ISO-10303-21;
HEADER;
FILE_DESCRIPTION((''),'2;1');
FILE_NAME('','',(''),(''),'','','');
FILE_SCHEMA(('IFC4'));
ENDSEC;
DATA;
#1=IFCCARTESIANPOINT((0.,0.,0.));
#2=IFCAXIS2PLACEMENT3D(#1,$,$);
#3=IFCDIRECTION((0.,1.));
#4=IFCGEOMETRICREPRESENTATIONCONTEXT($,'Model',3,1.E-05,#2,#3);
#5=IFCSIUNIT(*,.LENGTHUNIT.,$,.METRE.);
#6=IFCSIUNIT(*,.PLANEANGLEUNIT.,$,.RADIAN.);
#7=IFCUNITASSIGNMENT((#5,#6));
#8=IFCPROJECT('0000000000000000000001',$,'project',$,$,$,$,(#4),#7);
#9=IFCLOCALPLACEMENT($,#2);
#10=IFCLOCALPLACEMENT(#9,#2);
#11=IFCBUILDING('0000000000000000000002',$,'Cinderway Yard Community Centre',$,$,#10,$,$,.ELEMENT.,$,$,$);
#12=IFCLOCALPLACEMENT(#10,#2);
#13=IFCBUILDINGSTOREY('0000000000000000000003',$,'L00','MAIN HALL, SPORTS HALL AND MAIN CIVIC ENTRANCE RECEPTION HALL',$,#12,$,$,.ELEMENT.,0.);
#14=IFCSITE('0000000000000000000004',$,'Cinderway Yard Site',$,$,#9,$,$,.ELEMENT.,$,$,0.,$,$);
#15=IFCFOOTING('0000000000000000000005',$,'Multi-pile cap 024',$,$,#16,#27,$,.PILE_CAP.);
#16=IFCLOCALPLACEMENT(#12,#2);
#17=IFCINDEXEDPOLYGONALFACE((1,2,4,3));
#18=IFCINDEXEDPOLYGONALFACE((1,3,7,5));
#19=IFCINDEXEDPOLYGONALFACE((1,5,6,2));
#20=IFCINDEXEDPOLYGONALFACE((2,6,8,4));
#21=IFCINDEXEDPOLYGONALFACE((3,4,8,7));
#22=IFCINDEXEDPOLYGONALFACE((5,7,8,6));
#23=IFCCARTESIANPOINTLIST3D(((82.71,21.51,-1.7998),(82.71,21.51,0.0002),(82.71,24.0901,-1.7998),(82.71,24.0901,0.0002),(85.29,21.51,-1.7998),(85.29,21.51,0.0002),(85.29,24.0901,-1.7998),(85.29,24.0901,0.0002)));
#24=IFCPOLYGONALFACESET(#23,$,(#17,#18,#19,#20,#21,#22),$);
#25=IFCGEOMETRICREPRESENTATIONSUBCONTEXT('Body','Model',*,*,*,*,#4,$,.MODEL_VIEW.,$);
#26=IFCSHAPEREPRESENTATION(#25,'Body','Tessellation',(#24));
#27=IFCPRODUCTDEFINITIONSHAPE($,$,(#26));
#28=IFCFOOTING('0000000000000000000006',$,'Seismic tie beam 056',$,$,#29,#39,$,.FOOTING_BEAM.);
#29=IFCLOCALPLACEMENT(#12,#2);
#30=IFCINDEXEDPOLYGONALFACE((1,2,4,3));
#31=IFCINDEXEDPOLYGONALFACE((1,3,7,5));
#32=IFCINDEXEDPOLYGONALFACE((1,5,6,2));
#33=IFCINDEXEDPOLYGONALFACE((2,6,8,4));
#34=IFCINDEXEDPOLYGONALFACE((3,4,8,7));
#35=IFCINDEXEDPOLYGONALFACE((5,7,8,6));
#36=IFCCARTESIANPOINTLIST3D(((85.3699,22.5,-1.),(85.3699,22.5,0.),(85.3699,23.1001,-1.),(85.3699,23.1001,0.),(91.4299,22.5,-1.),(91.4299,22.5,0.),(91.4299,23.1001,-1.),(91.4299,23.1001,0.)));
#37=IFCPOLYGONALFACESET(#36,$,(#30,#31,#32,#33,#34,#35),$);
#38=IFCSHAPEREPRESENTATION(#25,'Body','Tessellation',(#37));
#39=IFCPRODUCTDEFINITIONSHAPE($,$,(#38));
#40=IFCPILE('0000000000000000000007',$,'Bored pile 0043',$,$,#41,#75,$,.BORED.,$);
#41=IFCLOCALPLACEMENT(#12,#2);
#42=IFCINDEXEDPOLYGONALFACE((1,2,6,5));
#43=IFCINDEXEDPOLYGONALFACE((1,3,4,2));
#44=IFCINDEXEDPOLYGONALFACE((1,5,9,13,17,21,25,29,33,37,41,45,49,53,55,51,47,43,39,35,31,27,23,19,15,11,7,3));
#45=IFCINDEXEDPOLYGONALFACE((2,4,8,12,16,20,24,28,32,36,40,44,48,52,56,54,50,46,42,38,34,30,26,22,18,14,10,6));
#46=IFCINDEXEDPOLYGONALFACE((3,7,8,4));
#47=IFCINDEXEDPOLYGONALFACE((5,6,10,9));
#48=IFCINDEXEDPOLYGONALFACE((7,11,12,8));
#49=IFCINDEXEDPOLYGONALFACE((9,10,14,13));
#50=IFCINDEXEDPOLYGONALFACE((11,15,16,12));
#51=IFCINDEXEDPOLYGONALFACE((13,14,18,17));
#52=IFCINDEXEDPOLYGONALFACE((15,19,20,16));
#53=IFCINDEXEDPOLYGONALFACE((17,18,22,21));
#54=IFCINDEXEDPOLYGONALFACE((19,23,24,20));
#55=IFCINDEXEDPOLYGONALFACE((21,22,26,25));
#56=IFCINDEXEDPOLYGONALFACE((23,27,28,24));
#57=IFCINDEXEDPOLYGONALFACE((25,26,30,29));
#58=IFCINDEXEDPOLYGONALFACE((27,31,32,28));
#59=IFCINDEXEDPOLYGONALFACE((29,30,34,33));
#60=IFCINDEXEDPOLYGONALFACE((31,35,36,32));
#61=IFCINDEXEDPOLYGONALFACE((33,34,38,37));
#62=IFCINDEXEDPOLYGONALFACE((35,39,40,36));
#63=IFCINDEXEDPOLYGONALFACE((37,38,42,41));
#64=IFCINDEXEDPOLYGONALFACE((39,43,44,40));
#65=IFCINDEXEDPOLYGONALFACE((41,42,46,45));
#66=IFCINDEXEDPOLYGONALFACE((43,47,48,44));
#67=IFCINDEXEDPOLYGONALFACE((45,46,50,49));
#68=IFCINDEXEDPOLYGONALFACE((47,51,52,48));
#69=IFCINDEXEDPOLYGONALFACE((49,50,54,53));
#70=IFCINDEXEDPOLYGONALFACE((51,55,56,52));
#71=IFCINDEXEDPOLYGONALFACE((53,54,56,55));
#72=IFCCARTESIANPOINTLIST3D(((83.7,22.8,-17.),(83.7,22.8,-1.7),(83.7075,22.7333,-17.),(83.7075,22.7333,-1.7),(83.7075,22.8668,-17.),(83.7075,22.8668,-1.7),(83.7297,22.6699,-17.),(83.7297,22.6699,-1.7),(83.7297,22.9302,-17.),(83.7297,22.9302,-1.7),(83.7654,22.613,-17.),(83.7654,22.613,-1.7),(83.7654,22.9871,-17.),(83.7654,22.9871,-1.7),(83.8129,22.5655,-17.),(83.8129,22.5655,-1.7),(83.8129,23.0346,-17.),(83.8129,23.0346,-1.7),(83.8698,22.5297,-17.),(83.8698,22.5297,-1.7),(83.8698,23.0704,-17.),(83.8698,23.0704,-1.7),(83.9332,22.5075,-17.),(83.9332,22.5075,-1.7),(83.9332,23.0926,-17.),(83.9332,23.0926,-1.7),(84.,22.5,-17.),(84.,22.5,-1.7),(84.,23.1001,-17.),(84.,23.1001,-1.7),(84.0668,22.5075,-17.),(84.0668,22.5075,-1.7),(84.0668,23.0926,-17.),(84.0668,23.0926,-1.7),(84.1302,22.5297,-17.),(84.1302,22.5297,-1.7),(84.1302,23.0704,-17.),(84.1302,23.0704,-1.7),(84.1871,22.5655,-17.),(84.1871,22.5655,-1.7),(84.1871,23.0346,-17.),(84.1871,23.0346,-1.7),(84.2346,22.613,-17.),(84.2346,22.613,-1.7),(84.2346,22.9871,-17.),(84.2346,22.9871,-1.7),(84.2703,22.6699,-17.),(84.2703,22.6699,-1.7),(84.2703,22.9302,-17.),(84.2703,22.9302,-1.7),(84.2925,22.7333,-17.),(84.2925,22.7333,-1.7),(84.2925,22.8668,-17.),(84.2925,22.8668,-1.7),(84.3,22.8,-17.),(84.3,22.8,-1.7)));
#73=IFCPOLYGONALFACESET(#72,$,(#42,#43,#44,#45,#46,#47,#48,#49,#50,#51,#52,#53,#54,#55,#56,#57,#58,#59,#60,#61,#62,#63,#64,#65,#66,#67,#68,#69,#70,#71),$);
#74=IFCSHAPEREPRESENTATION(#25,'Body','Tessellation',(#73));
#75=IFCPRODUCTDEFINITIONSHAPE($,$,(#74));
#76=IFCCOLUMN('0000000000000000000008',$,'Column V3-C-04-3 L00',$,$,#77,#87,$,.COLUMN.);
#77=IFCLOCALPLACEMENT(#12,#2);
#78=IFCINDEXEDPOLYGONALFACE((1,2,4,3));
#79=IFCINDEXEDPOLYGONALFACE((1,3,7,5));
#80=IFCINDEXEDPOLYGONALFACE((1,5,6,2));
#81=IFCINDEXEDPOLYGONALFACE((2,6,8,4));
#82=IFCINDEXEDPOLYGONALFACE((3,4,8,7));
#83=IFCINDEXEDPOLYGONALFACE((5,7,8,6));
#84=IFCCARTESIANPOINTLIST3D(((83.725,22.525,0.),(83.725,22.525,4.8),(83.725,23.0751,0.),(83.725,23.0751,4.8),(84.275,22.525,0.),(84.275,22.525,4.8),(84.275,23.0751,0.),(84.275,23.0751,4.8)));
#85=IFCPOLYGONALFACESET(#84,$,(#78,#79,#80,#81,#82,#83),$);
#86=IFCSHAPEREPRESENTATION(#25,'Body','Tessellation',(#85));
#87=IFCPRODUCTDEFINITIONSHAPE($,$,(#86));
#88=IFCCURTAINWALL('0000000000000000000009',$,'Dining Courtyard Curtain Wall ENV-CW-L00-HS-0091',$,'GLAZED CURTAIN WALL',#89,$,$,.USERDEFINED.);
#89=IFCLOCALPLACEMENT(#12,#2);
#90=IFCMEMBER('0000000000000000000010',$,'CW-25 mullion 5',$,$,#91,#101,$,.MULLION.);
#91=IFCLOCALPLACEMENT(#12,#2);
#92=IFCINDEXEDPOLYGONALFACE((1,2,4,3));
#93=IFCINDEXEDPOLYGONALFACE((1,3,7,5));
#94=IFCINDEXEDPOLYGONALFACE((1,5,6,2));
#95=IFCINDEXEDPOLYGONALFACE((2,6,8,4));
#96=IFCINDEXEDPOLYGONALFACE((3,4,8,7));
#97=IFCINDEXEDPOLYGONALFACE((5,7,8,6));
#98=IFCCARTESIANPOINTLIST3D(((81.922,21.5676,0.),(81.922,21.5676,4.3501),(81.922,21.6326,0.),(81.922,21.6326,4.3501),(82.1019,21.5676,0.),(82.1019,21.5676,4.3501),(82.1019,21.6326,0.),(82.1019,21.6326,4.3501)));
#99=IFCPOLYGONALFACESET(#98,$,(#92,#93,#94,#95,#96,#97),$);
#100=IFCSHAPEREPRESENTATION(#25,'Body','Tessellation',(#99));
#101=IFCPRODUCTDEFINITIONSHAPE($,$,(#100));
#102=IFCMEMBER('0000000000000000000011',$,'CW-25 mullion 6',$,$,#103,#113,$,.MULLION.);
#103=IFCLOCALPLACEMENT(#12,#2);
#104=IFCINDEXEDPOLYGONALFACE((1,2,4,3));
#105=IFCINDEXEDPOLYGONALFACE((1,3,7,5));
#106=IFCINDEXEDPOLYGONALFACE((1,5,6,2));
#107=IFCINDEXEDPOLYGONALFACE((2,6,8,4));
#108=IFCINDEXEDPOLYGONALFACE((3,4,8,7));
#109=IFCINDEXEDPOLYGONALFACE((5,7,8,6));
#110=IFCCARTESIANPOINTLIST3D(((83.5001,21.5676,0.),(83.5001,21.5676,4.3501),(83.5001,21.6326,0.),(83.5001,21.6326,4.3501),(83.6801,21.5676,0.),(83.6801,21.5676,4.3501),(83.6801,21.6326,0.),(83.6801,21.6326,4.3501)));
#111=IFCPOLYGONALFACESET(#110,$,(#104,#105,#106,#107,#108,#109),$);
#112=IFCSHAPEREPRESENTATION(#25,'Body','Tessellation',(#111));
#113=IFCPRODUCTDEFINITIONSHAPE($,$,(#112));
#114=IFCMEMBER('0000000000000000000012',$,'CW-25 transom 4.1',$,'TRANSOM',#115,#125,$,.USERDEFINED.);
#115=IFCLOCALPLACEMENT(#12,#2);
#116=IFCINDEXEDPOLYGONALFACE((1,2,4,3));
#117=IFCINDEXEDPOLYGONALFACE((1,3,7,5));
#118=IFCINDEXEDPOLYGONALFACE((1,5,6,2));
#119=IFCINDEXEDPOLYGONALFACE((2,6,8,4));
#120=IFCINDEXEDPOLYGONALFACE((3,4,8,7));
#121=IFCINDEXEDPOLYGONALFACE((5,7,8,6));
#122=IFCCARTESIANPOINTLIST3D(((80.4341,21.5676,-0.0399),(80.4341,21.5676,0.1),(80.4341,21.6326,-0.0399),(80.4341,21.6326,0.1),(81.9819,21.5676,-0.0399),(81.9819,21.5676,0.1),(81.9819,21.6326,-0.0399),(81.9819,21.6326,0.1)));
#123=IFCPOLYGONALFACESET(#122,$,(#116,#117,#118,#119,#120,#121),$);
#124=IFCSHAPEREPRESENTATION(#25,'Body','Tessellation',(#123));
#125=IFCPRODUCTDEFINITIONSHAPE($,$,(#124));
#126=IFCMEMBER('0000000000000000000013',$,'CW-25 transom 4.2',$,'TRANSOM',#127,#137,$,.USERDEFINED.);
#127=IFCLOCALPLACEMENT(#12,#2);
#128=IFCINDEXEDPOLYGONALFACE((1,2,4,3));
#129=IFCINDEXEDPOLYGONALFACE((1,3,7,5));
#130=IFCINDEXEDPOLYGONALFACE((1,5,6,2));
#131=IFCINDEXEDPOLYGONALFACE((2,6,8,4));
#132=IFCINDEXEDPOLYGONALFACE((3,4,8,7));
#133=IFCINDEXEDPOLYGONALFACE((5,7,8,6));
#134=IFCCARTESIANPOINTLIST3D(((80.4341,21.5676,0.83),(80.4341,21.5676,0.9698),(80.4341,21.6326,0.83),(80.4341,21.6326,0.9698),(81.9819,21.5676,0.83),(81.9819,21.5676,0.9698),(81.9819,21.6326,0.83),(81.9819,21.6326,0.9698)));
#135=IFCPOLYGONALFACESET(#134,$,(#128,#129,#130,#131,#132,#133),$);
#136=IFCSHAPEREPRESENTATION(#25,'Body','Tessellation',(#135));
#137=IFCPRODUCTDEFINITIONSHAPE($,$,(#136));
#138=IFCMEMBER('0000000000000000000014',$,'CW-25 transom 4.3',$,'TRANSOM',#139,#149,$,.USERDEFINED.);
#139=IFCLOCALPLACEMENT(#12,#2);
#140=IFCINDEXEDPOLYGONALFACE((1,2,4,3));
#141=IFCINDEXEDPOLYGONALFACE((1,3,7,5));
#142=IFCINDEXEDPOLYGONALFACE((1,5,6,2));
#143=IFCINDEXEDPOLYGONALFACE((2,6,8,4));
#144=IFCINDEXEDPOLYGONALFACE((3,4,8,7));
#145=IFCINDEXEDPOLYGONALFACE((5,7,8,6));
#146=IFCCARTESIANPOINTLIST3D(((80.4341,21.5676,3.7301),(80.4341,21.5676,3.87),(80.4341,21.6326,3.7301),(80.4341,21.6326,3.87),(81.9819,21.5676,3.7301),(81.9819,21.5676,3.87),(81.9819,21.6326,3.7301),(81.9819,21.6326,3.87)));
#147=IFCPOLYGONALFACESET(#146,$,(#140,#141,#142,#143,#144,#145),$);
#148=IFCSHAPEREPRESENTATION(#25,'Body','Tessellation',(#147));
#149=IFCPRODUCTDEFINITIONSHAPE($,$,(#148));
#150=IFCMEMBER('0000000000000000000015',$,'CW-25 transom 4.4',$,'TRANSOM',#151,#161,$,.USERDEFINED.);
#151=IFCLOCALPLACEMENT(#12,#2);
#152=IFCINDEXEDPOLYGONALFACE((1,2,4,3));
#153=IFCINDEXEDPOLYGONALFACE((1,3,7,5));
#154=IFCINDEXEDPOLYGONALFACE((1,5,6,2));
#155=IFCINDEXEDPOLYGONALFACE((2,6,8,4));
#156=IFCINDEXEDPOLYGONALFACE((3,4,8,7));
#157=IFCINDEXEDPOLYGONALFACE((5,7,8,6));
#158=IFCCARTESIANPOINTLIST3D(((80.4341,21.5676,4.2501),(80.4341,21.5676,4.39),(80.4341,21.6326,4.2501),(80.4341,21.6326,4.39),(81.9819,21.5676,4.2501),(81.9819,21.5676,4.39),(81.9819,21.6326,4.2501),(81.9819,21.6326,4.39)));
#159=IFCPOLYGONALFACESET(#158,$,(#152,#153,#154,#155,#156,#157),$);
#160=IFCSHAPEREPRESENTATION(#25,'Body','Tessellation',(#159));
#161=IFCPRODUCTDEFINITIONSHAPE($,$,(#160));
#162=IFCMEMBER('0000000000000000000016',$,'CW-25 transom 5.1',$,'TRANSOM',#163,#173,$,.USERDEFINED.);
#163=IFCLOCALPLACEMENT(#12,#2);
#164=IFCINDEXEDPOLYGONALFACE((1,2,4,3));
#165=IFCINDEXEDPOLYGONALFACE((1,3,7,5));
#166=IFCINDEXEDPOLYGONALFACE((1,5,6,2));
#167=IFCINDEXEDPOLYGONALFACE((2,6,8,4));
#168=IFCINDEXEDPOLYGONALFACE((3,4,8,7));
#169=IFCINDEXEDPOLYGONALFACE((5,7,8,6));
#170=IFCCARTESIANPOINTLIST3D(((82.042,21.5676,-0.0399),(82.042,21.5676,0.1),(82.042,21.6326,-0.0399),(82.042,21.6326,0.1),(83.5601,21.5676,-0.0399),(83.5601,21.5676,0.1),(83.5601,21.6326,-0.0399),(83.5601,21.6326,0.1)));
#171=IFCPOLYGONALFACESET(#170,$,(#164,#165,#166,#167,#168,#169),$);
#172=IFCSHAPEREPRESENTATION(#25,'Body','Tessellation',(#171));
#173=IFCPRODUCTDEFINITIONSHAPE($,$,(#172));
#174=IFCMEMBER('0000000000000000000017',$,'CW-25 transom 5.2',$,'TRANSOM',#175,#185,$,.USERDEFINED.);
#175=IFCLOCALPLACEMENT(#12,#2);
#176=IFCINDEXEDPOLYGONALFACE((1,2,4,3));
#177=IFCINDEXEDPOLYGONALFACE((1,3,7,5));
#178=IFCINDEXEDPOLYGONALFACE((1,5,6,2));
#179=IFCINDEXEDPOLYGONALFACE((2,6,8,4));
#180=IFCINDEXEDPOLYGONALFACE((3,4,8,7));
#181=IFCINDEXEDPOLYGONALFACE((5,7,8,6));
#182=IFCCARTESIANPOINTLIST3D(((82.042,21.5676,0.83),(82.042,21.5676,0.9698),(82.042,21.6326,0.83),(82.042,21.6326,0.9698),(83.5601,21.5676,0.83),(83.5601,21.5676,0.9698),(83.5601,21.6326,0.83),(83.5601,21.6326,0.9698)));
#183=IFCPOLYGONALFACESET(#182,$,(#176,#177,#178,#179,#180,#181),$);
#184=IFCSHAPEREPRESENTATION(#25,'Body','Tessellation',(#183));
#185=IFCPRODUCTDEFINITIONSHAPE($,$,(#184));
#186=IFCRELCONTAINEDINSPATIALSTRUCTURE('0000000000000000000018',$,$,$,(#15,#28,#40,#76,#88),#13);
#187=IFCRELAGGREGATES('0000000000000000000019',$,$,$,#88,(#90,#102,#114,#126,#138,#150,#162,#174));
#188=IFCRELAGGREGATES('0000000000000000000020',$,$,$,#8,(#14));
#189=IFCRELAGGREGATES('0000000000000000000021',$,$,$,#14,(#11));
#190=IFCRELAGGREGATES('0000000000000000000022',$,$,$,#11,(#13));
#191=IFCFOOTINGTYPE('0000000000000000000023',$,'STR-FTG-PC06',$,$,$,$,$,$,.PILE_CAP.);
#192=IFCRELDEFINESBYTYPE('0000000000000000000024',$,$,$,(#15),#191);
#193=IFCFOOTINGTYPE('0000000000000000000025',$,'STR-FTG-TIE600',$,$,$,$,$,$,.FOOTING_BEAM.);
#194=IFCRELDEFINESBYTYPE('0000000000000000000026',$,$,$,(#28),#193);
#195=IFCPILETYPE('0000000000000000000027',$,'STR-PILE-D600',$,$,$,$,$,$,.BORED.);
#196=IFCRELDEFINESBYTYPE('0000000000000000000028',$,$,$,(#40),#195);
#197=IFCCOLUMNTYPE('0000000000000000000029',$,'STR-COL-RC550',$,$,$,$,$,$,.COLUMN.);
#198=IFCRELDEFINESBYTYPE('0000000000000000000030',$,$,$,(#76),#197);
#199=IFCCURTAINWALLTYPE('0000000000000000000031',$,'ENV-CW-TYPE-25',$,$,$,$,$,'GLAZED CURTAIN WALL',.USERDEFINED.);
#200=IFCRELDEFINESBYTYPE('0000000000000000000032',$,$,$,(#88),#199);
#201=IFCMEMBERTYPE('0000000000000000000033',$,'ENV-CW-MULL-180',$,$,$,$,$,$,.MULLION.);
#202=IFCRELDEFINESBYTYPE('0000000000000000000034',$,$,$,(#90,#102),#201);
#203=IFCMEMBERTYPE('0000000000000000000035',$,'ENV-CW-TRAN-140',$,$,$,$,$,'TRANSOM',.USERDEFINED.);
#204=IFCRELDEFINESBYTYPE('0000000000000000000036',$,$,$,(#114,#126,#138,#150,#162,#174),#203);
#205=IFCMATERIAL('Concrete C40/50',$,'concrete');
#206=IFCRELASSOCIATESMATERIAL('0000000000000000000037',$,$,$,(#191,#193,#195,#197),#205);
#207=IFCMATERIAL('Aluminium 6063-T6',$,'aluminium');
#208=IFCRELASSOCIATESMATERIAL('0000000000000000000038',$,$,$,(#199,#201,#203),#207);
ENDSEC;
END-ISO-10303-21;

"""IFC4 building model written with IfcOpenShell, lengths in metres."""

from ifc_helpers import new_model, si_unit, direction, frame, origin, origin_2d, place, context, subcontext, project, spatial, rectangle, circle, extrude, material, material_profile, profile_set, type_object, element, aggregate, save


model = new_model("IFC4")

# Units and contexts
model_context = context("Model", 3, precision=1e-05, world=origin(), true_north=direction((0.0, 1.0)))
body_context = subcontext(model_context, "Body", "Model", "MODEL_VIEW")
ifc_project = project(units=[si_unit("LENGTHUNIT", "METRE"), si_unit("PLANEANGLEUNIT", "RADIAN")], contexts=[model_context])

# Site, building, storey
site_placement = place(None, origin())
site = spatial("IfcSite", under=ifc_project, at=site_placement, Name="Cinderway Yard Site", CompositionType="ELEMENT", RefElevation=0.0)
building_placement = place(site_placement, origin())
building = spatial("IfcBuilding", under=site, at=building_placement, Name="Cinderway Yard Community Centre", CompositionType="ELEMENT")
storey_placement = place(building_placement, origin())
storey = spatial("IfcBuildingStorey", under=building, at=storey_placement, Name="L00", Description="MAIN HALL, SPORTS HALL AND MAIN CIVIC ENTRANCE RECEPTION HALL", CompositionType="ELEMENT", Elevation=0.0)

# Footings
ifc_material_1 = material(Name="Concrete C40/50", Category="concrete")
footing_type_1 = type_object("IfcFootingType", Name="STR-FTG-PC06", PredefinedType="PILE_CAP", material=ifc_material_1)
footing_1_placement = place(storey_placement, frame((84.0, 22.8, -1.7998), z_axis=(0.0, 0.0, 1.0), x_axis=(1.0, 0.0, 0.0)))
element("IfcFooting", 1, at=footing_1_placement, inside=storey, type_object=footing_type_1, Name="Multi-pile cap 024", PredefinedType="PILE_CAP", context=body_context, shape_type="SweptSolid", body=[
    extrude(rectangle(XDim=2.5801, YDim=2.5801, at=origin_2d()), origin(), (0.0, 0.0, 1.0), 1.8),
])
footing_type_2 = type_object("IfcFootingType", Name="STR-FTG-TIE600", PredefinedType="FOOTING_BEAM", material=ifc_material_1)
footing_2_placement = place(storey_placement, frame((88.3999, 22.8, -1.0), z_axis=(0.0, 0.0, 1.0), x_axis=(1.0, 0.0, 0.0)))
element("IfcFooting", 2, at=footing_2_placement, inside=storey, type_object=footing_type_2, Name="Seismic tie beam 056", PredefinedType="FOOTING_BEAM", context=body_context, shape_type="SweptSolid", body=[
    extrude(rectangle(XDim=6.0601, YDim=0.6001, at=origin_2d()), origin(), (0.0, 0.0, 1.0), 1.0),
])

# Pile
ifc_material_profile_1 = material_profile(ifc_material_1, circle(Radius=0.3, at=origin_2d()), Name="Concrete C40/50")
ifc_profile_set_1 = profile_set([ifc_material_profile_1], Name="Concrete C40/50")
pile_type = type_object("IfcPileType", Name="STR-PILE-D600", PredefinedType="BORED", material=ifc_profile_set_1)
pile_placement = place(storey_placement, frame((84.0, 22.8, -1.7), z_axis=(0.0, 0.0, -1.0), x_axis=(1.0, 0.0, 0.0)))
element("IfcPile", 3, at=pile_placement, inside=storey, type_object=pile_type, Name="Bored pile 0043", PredefinedType="BORED", context=body_context, shape_type="SweptSolid", body=[
    extrude(circle(Radius=0.3, at=origin_2d()), origin(), (0.0, 0.0, 1.0), 15.3),
])

# Column
ifc_material_profile_2 = material_profile(ifc_material_1, rectangle(XDim=0.55, YDim=0.55, at=origin_2d()), Name="Concrete C40/50")
ifc_profile_set_2 = profile_set([ifc_material_profile_2], Name="Concrete C40/50")
column_type = type_object("IfcColumnType", Name="STR-COL-RC550", PredefinedType="COLUMN", material=ifc_profile_set_2)
column_placement = place(storey_placement, frame((84.0, 22.8, 0.0), z_axis=(0.0, 0.0, 1.0), x_axis=(1.0, 0.0, 0.0)))
element("IfcColumn", 4, at=column_placement, inside=storey, type_object=column_type, Name="Column V3-C-04-3 L00", PredefinedType="COLUMN", context=body_context, shape_type="SweptSolid", body=[
    extrude(rectangle(XDim=0.55, YDim=0.55, at=origin_2d()), origin(), (0.0, 0.0, 1.0), 4.8),
])

# Curtain wall, members
ifc_material_2 = material(Name="Aluminium 6063-T6", Category="aluminium")
curtain_wall_type = type_object("IfcCurtainWallType", Name="ENV-CW-TYPE-25", ElementType="GLAZED CURTAIN WALL", PredefinedType="USERDEFINED", material=ifc_material_2)
curtain_wall_placement = place(storey_placement, origin())
curtain_wall = element("IfcCurtainWall", 5, at=curtain_wall_placement, inside=storey, type_object=curtain_wall_type, Name="Dining Courtyard Curtain Wall ENV-CW-L00-HS-0091", ObjectType="GLAZED CURTAIN WALL", PredefinedType="USERDEFINED")
ifc_material_profile_3 = material_profile(ifc_material_2, rectangle(XDim=0.0649, YDim=0.1799, at=origin_2d()), Name="Aluminium 6063-T6")
ifc_profile_set_3 = profile_set([ifc_material_profile_3], Name="Aluminium 6063-T6")
member_type_1 = type_object("IfcMemberType", Name="ENV-CW-MULL-180", PredefinedType="MULLION", material=ifc_profile_set_3)
member_1_placement = place(storey_placement, frame((82.012, 21.6001, 0.0), z_axis=(0.0, 0.0, 1.0), x_axis=(0.0, 1.0, 0.0)))
member_1 = element("IfcMember", 6, at=member_1_placement, type_object=member_type_1, Name="CW-25 mullion 5", PredefinedType="MULLION", context=body_context, shape_type="SweptSolid", body=[
    extrude(rectangle(XDim=0.0649, YDim=0.1799, at=origin_2d()), origin(), (0.0, 0.0, 1.0), 4.3501),
])
member_2_placement = place(storey_placement, frame((83.5901, 21.6001, 0.0), z_axis=(0.0, 0.0, 1.0), x_axis=(0.0, 1.0, 0.0)))
member_2 = element("IfcMember", 7, at=member_2_placement, type_object=member_type_1, Name="CW-25 mullion 6", PredefinedType="MULLION", context=body_context, shape_type="SweptSolid", body=[
    extrude(rectangle(XDim=0.0649, YDim=0.1799, at=origin_2d()), origin(), (0.0, 0.0, 1.0), 4.3501),
])
ifc_material_profile_4 = material_profile(ifc_material_2, rectangle(XDim=0.0649, YDim=0.1399, at=origin_2d()), Name="Aluminium 6063-T6")
ifc_profile_set_4 = profile_set([ifc_material_profile_4], Name="Aluminium 6063-T6")
member_type_2 = type_object("IfcMemberType", Name="ENV-CW-TRAN-140", ElementType="TRANSOM", PredefinedType="USERDEFINED", material=ifc_profile_set_4)
member_3_placement = place(storey_placement, frame((80.4341, 21.6001, 0.03), z_axis=(1.0, 0.0, 0.0), x_axis=(0.0, 1.0, 0.0)))
member_3 = element("IfcMember", 8, at=member_3_placement, type_object=member_type_2, Name="CW-25 transom 4.1", ObjectType="TRANSOM", PredefinedType="USERDEFINED", context=body_context, shape_type="SweptSolid", body=[
    extrude(rectangle(XDim=0.0649, YDim=0.1399, at=origin_2d()), origin(), (0.0, 0.0, 1.0), 1.5479),
])
member_4_placement = place(storey_placement, frame((80.4341, 21.6001, 0.8999), z_axis=(1.0, 0.0, 0.0), x_axis=(0.0, 1.0, 0.0)))
member_4 = element("IfcMember", 9, at=member_4_placement, type_object=member_type_2, Name="CW-25 transom 4.2", ObjectType="TRANSOM", PredefinedType="USERDEFINED", context=body_context, shape_type="SweptSolid", body=[
    extrude(rectangle(XDim=0.0649, YDim=0.1399, at=origin_2d()), origin(), (0.0, 0.0, 1.0), 1.5479),
])
member_5_placement = place(storey_placement, frame((80.4341, 21.6001, 3.8), z_axis=(1.0, 0.0, 0.0), x_axis=(0.0, 1.0, 0.0)))
member_5 = element("IfcMember", 10, at=member_5_placement, type_object=member_type_2, Name="CW-25 transom 4.3", ObjectType="TRANSOM", PredefinedType="USERDEFINED", context=body_context, shape_type="SweptSolid", body=[
    extrude(rectangle(XDim=0.0649, YDim=0.1399, at=origin_2d()), origin(), (0.0, 0.0, 1.0), 1.5479),
])
member_6_placement = place(storey_placement, frame((80.4341, 21.6001, 4.3201), z_axis=(1.0, 0.0, 0.0), x_axis=(0.0, 1.0, 0.0)))
member_6 = element("IfcMember", 11, at=member_6_placement, type_object=member_type_2, Name="CW-25 transom 4.4", ObjectType="TRANSOM", PredefinedType="USERDEFINED", context=body_context, shape_type="SweptSolid", body=[
    extrude(rectangle(XDim=0.0649, YDim=0.1399, at=origin_2d()), origin(), (0.0, 0.0, 1.0), 1.5479),
])
member_7_placement = place(storey_placement, frame((82.042, 21.6001, 0.03), z_axis=(1.0, 0.0, 0.0), x_axis=(0.0, 1.0, 0.0)))
member_7 = element("IfcMember", 12, at=member_7_placement, type_object=member_type_2, Name="CW-25 transom 5.1", ObjectType="TRANSOM", PredefinedType="USERDEFINED", context=body_context, shape_type="SweptSolid", body=[
    extrude(rectangle(XDim=0.0649, YDim=0.1399, at=origin_2d()), origin(), (0.0, 0.0, 1.0), 1.5181),
])
member_8_placement = place(storey_placement, frame((82.042, 21.6001, 0.8999), z_axis=(1.0, 0.0, 0.0), x_axis=(0.0, 1.0, 0.0)))
member_8 = element("IfcMember", 13, at=member_8_placement, type_object=member_type_2, Name="CW-25 transom 5.2", ObjectType="TRANSOM", PredefinedType="USERDEFINED", context=body_context, shape_type="SweptSolid", body=[
    extrude(rectangle(XDim=0.0649, YDim=0.1399, at=origin_2d()), origin(), (0.0, 0.0, 1.0), 1.5181),
])
aggregate(curtain_wall, [member_1, member_2, member_3, member_4, member_5, member_6, member_7, member_8])

save(model, "model.ifc")
